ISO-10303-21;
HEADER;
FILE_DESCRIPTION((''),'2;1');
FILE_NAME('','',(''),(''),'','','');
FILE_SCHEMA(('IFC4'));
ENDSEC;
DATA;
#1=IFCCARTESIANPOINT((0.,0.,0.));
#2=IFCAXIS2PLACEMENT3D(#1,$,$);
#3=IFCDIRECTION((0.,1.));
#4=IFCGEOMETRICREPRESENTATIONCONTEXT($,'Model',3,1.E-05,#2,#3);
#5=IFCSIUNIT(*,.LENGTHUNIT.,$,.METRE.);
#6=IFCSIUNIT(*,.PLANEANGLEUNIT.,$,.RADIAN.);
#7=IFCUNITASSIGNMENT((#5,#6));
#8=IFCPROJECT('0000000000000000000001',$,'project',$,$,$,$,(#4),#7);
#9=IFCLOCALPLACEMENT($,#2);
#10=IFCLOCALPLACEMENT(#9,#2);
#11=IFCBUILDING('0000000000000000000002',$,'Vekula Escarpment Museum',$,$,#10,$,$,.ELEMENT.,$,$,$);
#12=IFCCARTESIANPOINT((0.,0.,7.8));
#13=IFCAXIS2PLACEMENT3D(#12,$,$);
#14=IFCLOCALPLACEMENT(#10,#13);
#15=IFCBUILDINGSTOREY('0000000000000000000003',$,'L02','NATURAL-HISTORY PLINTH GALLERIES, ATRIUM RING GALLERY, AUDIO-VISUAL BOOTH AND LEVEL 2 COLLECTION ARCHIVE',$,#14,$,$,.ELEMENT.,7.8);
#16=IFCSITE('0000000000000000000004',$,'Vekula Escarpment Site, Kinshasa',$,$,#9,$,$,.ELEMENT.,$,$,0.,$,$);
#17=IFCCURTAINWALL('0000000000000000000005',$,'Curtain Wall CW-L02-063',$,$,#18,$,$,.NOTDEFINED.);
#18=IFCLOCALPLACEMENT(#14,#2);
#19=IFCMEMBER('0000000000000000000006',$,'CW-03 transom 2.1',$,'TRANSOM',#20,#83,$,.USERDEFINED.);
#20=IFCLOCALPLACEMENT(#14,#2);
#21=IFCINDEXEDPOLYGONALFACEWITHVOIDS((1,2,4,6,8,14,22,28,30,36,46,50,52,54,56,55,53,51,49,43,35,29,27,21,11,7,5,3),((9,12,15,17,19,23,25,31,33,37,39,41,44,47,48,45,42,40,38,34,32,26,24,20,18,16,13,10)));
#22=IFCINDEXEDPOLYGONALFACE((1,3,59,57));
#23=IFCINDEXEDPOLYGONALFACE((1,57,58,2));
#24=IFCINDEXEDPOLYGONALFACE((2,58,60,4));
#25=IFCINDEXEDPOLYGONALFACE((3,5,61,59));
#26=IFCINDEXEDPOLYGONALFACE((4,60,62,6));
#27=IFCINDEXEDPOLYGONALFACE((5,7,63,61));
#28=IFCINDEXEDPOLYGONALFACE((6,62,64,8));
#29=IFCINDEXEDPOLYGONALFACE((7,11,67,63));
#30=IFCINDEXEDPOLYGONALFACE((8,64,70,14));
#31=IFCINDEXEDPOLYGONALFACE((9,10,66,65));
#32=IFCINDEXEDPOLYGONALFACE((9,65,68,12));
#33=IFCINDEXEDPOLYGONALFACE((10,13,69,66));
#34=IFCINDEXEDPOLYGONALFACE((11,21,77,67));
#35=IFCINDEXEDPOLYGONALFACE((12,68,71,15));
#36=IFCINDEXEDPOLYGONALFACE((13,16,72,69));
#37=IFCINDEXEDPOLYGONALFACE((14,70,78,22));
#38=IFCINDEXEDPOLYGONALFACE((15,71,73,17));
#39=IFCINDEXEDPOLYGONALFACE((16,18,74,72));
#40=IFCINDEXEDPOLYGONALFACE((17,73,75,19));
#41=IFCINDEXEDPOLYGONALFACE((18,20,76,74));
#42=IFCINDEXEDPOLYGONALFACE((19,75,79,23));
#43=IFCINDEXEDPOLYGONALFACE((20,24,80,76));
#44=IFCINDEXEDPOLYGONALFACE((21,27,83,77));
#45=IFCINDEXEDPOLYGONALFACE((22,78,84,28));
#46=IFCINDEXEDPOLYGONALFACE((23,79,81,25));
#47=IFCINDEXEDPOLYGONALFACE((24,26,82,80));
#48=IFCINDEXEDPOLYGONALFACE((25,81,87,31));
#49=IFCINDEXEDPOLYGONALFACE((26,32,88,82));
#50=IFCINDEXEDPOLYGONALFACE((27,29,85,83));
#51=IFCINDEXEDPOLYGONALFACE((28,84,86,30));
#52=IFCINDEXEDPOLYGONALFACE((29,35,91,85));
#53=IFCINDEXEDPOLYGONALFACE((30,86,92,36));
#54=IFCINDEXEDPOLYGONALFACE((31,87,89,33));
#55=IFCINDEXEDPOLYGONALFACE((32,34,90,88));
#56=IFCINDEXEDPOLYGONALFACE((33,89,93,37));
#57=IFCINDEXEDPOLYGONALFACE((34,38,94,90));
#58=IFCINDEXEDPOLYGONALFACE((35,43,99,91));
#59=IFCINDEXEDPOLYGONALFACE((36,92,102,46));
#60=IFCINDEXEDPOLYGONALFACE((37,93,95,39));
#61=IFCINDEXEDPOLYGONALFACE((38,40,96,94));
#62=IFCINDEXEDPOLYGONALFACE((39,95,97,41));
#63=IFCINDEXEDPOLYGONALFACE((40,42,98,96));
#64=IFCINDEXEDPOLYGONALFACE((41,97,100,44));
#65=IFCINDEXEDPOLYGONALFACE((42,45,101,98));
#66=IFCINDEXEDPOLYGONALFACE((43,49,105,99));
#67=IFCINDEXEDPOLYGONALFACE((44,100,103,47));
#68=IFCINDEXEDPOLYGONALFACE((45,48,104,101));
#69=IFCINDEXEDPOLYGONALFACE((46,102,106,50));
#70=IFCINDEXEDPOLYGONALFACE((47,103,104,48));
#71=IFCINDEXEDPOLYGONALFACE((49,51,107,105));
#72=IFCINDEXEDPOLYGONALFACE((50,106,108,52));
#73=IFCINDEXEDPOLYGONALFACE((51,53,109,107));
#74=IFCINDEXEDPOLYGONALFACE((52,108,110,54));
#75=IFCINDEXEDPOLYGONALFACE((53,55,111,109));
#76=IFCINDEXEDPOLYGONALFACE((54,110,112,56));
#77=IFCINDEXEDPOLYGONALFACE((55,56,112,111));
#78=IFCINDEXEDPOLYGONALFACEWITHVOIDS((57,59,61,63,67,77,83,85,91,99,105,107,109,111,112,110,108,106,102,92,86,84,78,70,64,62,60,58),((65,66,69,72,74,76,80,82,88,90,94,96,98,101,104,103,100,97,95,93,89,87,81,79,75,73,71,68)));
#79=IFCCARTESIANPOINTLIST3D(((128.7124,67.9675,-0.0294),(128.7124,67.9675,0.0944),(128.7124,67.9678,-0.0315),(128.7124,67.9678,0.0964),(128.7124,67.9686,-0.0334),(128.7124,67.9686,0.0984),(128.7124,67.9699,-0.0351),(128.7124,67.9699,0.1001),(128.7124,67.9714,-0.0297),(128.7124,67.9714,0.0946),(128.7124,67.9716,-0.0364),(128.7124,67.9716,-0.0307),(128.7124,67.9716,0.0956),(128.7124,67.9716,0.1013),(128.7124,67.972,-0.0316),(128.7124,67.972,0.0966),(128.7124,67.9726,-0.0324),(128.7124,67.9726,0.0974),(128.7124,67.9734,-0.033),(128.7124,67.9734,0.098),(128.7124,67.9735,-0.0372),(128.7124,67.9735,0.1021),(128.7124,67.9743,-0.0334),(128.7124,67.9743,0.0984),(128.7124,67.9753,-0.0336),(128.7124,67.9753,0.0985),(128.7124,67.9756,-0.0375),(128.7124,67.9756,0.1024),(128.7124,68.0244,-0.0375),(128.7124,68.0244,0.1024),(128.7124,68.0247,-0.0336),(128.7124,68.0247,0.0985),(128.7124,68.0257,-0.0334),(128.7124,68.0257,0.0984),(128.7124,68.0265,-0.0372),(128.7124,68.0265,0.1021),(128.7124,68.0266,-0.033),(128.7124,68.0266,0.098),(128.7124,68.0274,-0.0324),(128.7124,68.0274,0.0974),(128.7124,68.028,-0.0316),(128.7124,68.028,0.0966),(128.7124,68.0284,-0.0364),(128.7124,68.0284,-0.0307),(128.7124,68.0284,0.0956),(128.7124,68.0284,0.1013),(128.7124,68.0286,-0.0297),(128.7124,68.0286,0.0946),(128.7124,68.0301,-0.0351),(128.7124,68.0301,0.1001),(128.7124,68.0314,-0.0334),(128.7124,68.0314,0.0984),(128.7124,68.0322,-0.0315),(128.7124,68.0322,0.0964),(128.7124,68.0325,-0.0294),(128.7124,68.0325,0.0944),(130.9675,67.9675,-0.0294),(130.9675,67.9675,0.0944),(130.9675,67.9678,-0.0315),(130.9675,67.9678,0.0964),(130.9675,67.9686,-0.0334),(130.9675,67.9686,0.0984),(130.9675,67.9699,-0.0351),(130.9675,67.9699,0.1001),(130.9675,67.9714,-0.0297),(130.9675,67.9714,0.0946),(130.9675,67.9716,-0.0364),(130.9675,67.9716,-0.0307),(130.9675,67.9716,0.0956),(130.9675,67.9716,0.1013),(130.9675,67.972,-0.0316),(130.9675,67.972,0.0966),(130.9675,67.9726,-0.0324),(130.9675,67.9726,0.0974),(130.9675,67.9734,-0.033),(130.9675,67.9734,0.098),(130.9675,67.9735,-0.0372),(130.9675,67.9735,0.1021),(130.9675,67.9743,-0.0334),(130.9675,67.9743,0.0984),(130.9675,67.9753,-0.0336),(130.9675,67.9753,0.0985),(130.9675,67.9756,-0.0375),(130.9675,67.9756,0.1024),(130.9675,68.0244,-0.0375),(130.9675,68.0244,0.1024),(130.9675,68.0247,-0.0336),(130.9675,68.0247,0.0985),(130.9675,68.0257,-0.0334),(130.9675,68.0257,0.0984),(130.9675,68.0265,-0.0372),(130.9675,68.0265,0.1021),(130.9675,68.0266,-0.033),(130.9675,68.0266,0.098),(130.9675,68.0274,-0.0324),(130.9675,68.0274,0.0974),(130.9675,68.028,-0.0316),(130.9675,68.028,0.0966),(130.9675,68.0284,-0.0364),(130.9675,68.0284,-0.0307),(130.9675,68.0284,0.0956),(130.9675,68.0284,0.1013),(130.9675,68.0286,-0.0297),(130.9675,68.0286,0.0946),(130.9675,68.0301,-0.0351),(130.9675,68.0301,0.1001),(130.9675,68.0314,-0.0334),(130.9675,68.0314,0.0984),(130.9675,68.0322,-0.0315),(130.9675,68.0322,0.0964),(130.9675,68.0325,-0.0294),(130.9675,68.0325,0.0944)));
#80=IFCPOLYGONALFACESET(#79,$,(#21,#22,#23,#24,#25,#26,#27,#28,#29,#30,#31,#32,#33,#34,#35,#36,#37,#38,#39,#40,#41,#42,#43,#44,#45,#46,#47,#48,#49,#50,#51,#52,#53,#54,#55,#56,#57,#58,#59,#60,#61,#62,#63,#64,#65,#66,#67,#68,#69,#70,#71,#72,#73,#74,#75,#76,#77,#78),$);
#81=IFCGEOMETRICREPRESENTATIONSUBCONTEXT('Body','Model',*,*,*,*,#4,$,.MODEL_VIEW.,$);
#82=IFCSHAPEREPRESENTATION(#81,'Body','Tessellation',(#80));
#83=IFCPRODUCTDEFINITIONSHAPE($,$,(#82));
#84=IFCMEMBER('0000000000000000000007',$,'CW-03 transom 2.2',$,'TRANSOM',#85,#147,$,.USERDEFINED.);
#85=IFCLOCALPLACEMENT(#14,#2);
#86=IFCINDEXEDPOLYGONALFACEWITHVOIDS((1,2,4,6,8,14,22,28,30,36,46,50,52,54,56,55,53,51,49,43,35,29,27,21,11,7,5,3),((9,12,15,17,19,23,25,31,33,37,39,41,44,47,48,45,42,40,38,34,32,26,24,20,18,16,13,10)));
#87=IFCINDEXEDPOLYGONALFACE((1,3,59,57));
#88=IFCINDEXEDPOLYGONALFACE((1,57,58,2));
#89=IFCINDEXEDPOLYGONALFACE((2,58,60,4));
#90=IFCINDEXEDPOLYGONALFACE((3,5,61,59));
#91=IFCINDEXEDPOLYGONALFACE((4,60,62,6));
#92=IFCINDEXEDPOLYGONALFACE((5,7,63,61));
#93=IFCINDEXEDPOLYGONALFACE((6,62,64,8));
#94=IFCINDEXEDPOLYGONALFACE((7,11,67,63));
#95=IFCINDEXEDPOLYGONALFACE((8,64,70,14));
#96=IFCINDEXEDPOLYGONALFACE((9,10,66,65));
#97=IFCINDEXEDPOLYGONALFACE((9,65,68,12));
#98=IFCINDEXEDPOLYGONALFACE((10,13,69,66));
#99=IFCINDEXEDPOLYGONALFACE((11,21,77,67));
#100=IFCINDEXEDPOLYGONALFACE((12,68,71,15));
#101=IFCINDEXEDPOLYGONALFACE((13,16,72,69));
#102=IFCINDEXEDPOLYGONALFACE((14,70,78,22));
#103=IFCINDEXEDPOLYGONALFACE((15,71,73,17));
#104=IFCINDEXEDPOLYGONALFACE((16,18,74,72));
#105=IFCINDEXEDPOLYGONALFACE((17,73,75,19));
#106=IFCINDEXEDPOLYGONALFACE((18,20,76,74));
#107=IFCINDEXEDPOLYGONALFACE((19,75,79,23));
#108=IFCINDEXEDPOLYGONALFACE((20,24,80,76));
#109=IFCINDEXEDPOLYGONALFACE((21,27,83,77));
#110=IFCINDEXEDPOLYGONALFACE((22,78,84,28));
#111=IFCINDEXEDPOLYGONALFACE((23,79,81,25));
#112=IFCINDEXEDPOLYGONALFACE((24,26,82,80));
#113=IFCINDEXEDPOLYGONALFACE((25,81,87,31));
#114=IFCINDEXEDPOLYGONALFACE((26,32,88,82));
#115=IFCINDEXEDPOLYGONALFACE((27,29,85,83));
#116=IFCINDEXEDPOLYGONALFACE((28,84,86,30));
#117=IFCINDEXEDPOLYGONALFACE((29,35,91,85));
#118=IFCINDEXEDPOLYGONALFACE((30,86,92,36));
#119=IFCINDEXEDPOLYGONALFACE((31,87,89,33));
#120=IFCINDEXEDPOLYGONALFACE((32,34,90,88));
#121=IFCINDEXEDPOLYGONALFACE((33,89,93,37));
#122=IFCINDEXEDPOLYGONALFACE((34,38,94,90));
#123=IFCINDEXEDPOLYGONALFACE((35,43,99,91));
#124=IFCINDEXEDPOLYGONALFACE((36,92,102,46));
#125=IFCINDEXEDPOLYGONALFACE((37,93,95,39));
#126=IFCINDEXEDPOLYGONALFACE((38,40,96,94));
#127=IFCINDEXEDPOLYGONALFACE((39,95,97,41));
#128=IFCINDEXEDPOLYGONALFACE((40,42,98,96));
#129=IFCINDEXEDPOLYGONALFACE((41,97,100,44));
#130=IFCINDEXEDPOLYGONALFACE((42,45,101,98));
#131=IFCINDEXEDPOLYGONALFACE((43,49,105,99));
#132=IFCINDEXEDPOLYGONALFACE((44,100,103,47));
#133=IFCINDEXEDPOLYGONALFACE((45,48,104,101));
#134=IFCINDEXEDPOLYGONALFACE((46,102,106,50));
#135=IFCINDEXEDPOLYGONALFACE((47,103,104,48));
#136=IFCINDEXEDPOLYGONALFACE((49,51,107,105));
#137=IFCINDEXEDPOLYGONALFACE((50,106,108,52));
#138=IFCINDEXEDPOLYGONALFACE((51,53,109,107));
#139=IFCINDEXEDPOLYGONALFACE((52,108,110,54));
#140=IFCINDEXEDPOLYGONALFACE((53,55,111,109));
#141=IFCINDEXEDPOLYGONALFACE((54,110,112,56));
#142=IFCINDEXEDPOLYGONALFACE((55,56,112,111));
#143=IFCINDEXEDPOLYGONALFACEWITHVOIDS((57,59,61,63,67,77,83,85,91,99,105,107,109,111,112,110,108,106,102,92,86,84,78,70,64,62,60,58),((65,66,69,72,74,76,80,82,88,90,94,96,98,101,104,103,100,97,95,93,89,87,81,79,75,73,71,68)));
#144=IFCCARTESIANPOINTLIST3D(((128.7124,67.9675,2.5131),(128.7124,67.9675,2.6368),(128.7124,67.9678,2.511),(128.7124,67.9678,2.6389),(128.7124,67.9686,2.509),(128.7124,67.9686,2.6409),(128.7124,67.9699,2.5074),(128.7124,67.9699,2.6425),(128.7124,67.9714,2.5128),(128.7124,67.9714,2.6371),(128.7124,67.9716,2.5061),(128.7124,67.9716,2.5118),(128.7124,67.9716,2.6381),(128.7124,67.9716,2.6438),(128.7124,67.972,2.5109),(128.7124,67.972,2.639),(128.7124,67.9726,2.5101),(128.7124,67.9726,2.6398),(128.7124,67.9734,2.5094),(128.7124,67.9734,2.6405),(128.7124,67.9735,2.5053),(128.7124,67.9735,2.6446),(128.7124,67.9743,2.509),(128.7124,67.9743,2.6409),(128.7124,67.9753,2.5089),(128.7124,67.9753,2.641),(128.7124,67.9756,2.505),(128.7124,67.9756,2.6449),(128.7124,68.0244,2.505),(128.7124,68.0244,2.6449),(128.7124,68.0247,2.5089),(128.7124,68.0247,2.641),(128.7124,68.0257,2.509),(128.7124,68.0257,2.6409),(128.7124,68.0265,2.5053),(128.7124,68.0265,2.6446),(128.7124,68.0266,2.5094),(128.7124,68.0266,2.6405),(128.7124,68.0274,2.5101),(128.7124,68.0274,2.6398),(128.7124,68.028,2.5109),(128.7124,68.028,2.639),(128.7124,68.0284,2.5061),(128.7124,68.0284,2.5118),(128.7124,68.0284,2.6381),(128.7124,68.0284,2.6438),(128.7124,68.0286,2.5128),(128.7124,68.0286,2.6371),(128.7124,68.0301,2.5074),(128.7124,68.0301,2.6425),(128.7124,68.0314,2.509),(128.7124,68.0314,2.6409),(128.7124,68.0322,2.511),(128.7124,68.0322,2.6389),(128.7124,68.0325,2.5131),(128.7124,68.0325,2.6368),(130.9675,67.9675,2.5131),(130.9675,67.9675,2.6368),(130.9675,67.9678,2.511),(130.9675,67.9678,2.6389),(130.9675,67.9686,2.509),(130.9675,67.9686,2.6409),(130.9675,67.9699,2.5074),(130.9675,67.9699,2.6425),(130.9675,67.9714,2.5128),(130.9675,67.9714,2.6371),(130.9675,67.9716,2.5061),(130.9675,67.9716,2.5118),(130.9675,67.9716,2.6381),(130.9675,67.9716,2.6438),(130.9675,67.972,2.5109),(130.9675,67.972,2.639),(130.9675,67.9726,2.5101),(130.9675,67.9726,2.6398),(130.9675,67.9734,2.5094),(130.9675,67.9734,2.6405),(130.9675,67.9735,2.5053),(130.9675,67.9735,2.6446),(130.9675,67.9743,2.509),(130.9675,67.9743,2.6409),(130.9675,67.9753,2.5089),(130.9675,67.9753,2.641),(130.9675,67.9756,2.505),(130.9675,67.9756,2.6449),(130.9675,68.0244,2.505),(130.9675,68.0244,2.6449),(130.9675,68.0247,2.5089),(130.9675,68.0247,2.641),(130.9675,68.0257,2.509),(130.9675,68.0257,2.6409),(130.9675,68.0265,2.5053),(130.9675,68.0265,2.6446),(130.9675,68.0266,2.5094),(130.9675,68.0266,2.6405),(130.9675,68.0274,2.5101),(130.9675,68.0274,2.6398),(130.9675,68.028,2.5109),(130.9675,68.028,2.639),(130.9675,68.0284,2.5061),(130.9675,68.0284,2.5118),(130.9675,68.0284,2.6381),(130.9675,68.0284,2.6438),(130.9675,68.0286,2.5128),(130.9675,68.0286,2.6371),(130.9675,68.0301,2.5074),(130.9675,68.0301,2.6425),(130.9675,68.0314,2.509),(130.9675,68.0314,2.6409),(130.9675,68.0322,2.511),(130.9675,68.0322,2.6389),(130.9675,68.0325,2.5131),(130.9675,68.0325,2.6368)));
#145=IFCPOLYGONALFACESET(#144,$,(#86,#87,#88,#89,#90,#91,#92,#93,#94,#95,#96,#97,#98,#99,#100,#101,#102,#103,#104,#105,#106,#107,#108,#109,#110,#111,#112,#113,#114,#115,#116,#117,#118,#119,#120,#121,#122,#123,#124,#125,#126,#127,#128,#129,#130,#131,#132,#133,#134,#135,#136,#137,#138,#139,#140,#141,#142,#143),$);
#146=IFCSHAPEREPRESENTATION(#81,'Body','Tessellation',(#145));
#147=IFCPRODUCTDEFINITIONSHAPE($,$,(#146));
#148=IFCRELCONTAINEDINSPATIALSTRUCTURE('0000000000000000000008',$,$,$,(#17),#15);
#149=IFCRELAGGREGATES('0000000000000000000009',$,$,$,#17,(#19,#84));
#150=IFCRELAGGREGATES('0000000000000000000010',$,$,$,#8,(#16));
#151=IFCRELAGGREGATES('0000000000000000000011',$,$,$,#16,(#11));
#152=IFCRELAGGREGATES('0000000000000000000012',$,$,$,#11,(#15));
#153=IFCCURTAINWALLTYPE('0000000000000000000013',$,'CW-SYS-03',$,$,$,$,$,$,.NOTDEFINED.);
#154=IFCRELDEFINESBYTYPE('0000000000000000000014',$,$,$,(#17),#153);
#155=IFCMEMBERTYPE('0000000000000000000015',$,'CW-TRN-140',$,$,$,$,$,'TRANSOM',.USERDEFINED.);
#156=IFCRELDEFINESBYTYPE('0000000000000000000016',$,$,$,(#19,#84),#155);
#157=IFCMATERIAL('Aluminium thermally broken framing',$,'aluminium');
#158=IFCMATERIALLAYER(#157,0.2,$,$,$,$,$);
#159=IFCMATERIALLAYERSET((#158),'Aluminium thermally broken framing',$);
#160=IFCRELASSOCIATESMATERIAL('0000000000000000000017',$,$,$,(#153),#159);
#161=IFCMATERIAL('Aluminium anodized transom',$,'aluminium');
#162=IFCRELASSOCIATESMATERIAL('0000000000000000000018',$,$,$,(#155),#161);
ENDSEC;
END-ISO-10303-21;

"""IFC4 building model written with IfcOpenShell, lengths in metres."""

from ifc_helpers import new_model, si_unit, direction, frame, origin, origin_2d, place, context, subcontext, project, spatial, hollow_rectangle, extrude, material, layer, layer_set, material_profile, profile_set, type_object, element, aggregate, save


model = new_model("IFC4")

# Units and contexts
model_context = context("Model", 3, precision=1e-05, world=origin(), true_north=direction((0.0, 1.0)))
body_context = subcontext(model_context, "Body", "Model", "MODEL_VIEW")
ifc_project = project(units=[si_unit("LENGTHUNIT", "METRE"), si_unit("PLANEANGLEUNIT", "RADIAN")], contexts=[model_context])

# Site, building, storey
site_placement = place(None, origin())
site = spatial("IfcSite", under=ifc_project, at=site_placement, Name="Vekula Escarpment Site, Kinshasa", CompositionType="ELEMENT", RefElevation=0.0)
building_placement = place(site_placement, origin())
building = spatial("IfcBuilding", under=site, at=building_placement, Name="Vekula Escarpment Museum", CompositionType="ELEMENT")
storey_placement = place(building_placement, frame((0.0, 0.0, 7.8)))
storey = spatial("IfcBuildingStorey", under=building, at=storey_placement, Name="L02", Description="NATURAL-HISTORY PLINTH GALLERIES, ATRIUM RING GALLERY, AUDIO-VISUAL BOOTH AND LEVEL 2 COLLECTION ARCHIVE", CompositionType="ELEMENT", Elevation=7.8)

# Curtain wall, members
ifc_material_1 = material(Name="Aluminium thermally broken framing", Category="aluminium")
ifc_layer_1 = layer(ifc_material_1, 0.2)
ifc_layer_set_1 = layer_set([ifc_layer_1], Name="Aluminium thermally broken framing")
curtain_wall_type = type_object("IfcCurtainWallType", Name="CW-SYS-03", PredefinedType="NOTDEFINED", material=ifc_layer_set_1)
curtain_wall_placement = place(storey_placement, origin())
curtain_wall = element("IfcCurtainWall", 1, at=curtain_wall_placement, inside=storey, type_object=curtain_wall_type, Name="Curtain Wall CW-L02-063", PredefinedType="NOTDEFINED")
ifc_material_2 = material(Name="Aluminium anodized transom", Category="aluminium")
ifc_material_profile_1 = material_profile(ifc_material_2, hollow_rectangle(XDim=0.0649, YDim=0.1399, WallThickness=0.0039, InnerFilletRadius=0.0039, OuterFilletRadius=0.0081, at=origin_2d()), Name="ALU 140x65x4")
ifc_profile_set_1 = profile_set([ifc_material_profile_1], Name="Aluminium anodized transom")
member_type_1 = type_object("IfcMemberType", Name="CW-TRN-140", ElementType="TRANSOM", PredefinedType="USERDEFINED", material=ifc_profile_set_1)
member_1_placement = place(storey_placement, frame((128.7124, 68.0, 0.0325), z_axis=(1.0, 0.0, 0.0), x_axis=(0.0, 1.0, 0.0)))
member_1 = element("IfcMember", 2, at=member_1_placement, type_object=member_type_1, Name="CW-03 transom 2.1", ObjectType="TRANSOM", PredefinedType="USERDEFINED", context=body_context, shape_type="SweptSolid", body=[
    extrude(hollow_rectangle(XDim=0.0649, YDim=0.1399, WallThickness=0.0039, InnerFilletRadius=0.0039, OuterFilletRadius=0.0081, at=origin_2d()), origin(), (0.0, 0.0, 1.0), 2.2551),
])
member_2_placement = place(storey_placement, frame((128.7124, 68.0, 2.575), z_axis=(1.0, 0.0, 0.0), x_axis=(0.0, 1.0, 0.0)))
member_2 = element("IfcMember", 3, at=member_2_placement, type_object=member_type_1, Name="CW-03 transom 2.2", ObjectType="TRANSOM", PredefinedType="USERDEFINED", context=body_context, shape_type="SweptSolid", body=[
    extrude(hollow_rectangle(XDim=0.0649, YDim=0.1399, WallThickness=0.0039, InnerFilletRadius=0.0039, OuterFilletRadius=0.0081, at=origin_2d()), origin(), (0.0, 0.0, 1.0), 2.2551),
])

aggregate(curtain_wall, [member_1, member_2])

save(model, "model.ifc")
